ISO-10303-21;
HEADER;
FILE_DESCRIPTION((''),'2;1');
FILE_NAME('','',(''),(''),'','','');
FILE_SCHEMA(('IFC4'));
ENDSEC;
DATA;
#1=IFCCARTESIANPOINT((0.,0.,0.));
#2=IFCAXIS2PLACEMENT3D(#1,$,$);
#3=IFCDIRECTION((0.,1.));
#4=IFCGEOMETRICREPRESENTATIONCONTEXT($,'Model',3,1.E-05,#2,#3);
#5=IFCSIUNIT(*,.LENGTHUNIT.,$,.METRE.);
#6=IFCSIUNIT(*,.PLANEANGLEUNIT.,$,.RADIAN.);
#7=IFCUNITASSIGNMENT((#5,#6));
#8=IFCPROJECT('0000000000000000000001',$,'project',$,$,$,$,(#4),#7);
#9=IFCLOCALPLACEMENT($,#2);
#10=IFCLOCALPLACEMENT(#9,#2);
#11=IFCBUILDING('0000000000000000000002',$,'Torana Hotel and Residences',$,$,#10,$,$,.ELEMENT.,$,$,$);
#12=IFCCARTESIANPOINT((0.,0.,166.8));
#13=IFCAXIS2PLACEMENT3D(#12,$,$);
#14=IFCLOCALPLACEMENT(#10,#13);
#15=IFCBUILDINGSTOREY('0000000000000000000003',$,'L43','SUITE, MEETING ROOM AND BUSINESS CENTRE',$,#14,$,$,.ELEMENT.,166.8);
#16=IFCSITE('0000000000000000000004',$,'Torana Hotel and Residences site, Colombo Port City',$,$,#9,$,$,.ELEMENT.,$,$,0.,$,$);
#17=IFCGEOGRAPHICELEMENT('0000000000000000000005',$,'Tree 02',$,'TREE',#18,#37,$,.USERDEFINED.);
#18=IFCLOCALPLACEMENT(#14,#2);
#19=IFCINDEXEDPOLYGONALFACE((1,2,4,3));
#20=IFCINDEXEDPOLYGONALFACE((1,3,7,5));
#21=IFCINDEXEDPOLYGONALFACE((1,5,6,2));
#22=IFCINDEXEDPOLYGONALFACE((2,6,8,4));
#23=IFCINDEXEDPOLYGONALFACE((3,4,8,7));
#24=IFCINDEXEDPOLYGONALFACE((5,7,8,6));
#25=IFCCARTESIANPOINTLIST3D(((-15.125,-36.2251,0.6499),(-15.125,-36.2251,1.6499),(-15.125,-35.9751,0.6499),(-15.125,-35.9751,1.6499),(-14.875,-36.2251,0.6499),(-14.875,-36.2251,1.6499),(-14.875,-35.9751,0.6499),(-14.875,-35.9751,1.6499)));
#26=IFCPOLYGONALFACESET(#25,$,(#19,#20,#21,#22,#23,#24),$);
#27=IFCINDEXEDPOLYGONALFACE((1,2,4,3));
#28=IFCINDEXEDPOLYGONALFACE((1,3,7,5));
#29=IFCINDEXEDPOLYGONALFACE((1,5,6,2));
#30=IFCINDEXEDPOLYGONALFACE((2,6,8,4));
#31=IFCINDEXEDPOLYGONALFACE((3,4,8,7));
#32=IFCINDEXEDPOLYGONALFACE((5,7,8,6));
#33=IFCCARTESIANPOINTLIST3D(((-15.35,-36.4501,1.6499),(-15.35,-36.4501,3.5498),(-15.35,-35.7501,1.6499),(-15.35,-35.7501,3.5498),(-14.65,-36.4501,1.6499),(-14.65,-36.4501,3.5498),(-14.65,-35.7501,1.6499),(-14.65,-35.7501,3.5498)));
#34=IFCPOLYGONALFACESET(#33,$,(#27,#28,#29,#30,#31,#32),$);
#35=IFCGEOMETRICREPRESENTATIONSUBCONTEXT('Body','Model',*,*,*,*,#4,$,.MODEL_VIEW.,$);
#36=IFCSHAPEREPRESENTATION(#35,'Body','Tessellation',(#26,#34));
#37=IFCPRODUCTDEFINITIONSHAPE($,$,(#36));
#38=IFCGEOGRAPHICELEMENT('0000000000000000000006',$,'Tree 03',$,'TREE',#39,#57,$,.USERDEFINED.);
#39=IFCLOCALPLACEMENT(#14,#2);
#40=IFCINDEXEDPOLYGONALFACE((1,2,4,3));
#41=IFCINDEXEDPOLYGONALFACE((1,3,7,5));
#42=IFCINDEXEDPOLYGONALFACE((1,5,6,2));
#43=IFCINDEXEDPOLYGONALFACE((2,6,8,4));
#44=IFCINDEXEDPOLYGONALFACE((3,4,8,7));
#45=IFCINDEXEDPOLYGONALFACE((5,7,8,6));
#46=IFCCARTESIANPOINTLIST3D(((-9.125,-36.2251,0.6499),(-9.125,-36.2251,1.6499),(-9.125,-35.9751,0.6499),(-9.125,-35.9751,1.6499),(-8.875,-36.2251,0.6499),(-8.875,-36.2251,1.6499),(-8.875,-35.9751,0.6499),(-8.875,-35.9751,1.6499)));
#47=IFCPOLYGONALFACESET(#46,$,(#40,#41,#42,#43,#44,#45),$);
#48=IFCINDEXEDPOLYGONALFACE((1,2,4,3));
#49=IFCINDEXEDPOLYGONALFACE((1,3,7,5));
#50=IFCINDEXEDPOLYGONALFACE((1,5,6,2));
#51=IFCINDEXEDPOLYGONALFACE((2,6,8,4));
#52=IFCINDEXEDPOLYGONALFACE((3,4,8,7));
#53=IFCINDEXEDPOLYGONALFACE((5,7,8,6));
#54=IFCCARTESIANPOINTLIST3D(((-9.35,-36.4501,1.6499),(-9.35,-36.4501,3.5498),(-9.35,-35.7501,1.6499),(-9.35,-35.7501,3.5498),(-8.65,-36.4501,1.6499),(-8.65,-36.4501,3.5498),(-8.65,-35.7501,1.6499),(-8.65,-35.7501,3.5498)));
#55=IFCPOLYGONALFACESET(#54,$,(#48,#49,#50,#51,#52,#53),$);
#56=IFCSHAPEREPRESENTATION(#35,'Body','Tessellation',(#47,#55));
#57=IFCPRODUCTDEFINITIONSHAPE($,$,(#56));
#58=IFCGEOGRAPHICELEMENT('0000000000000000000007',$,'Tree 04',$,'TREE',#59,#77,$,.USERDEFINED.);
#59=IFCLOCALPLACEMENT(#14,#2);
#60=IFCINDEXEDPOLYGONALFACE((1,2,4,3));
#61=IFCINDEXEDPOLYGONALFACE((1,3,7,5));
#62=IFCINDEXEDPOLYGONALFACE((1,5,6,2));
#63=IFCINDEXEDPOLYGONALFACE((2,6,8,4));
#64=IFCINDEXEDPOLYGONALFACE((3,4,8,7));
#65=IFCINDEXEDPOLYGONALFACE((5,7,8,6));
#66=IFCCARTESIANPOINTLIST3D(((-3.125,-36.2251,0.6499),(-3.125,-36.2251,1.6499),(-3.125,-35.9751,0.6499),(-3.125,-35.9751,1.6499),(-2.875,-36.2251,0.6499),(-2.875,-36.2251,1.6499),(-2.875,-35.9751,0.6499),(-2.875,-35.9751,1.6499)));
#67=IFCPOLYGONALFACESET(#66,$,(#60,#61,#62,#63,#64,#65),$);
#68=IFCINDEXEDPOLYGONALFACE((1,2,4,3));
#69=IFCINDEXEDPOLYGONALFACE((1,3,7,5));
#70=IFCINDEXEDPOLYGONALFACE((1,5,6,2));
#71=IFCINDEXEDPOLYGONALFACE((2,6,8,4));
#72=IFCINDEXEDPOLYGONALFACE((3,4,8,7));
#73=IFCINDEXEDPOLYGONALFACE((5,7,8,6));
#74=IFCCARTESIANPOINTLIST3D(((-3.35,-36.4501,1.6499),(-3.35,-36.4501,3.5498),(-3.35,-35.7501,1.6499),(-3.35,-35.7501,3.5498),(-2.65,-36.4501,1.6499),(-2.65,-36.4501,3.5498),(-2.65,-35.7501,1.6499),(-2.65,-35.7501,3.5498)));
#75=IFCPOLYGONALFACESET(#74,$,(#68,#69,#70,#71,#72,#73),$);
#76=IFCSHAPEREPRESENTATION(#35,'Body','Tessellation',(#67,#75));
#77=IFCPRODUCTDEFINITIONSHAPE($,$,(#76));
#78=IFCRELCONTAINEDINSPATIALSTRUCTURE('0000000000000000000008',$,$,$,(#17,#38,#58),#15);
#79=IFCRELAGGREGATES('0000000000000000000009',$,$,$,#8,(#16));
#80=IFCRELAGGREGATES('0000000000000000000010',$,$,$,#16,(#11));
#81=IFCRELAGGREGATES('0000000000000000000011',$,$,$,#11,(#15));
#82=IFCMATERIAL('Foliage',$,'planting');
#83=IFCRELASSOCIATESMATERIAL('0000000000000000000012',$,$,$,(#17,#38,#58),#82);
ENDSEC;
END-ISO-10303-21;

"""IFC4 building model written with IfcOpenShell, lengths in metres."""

from ifc_helpers import new_model, si_unit, direction, frame, origin, origin_2d, place, context, subcontext, project, spatial, rectangle, extrude, material, element, save


model = new_model("IFC4")

# Units and contexts
model_context = context("Model", 3, precision=1e-05, world=origin(), true_north=direction((0.0, 1.0)))
body_context = subcontext(model_context, "Body", "Model", "MODEL_VIEW")
ifc_project = project(units=[si_unit("LENGTHUNIT", "METRE"), si_unit("PLANEANGLEUNIT", "RADIAN")], contexts=[model_context])

# Site, building, storey
site_placement = place(None, origin())
site = spatial("IfcSite", under=ifc_project, at=site_placement, Name="Torana Hotel and Residences site, Colombo Port City", CompositionType="ELEMENT", RefElevation=0.0)
building_placement = place(site_placement, origin())
building = spatial("IfcBuilding", under=site, at=building_placement, Name="Torana Hotel and Residences", CompositionType="ELEMENT")
storey_placement = place(building_placement, frame((0.0, 0.0, 166.8)))
storey = spatial("IfcBuildingStorey", under=building, at=storey_placement, Name="L43", Description="SUITE, MEETING ROOM AND BUSINESS CENTRE", CompositionType="ELEMENT", Elevation=166.8)

# Geographic elements
ifc_material_1 = material(Name="Foliage", Category="planting")
for number, where, z_axis, x_axis, name in (
    (1, (-15.0, -36.1001, 0.6499), (0.0, 0.0, 1.0), (1.0, 0.0, 0.0), "Tree 02"),
    (2, (-9.0, -36.1001, 0.6499), (0.0, 0.0, 1.0), (1.0, 0.0, 0.0), "Tree 03"),
    (3, (-3.0, -36.1001, 0.6499), (0.0, 0.0, 1.0), (1.0, 0.0, 0.0), "Tree 04"),
):
    element("IfcGeographicElement", number, at=place(storey_placement, frame(where, z_axis=z_axis, x_axis=x_axis)), inside=storey, material=ifc_material_1, Name=name, ObjectType="TREE", PredefinedType="USERDEFINED", context=body_context, shape_type="SweptSolid", body=[
        extrude(rectangle(XDim=0.25, YDim=0.25, at=origin_2d()), origin(), (0.0, 0.0, 1.0), 1.0),
        extrude(rectangle(XDim=0.7, YDim=0.7, at=origin_2d()), frame((0.0, 0.0, 1.0)), (0.0, 0.0, 1.0), 1.8999),
    ])

save(model, "model.ifc")
